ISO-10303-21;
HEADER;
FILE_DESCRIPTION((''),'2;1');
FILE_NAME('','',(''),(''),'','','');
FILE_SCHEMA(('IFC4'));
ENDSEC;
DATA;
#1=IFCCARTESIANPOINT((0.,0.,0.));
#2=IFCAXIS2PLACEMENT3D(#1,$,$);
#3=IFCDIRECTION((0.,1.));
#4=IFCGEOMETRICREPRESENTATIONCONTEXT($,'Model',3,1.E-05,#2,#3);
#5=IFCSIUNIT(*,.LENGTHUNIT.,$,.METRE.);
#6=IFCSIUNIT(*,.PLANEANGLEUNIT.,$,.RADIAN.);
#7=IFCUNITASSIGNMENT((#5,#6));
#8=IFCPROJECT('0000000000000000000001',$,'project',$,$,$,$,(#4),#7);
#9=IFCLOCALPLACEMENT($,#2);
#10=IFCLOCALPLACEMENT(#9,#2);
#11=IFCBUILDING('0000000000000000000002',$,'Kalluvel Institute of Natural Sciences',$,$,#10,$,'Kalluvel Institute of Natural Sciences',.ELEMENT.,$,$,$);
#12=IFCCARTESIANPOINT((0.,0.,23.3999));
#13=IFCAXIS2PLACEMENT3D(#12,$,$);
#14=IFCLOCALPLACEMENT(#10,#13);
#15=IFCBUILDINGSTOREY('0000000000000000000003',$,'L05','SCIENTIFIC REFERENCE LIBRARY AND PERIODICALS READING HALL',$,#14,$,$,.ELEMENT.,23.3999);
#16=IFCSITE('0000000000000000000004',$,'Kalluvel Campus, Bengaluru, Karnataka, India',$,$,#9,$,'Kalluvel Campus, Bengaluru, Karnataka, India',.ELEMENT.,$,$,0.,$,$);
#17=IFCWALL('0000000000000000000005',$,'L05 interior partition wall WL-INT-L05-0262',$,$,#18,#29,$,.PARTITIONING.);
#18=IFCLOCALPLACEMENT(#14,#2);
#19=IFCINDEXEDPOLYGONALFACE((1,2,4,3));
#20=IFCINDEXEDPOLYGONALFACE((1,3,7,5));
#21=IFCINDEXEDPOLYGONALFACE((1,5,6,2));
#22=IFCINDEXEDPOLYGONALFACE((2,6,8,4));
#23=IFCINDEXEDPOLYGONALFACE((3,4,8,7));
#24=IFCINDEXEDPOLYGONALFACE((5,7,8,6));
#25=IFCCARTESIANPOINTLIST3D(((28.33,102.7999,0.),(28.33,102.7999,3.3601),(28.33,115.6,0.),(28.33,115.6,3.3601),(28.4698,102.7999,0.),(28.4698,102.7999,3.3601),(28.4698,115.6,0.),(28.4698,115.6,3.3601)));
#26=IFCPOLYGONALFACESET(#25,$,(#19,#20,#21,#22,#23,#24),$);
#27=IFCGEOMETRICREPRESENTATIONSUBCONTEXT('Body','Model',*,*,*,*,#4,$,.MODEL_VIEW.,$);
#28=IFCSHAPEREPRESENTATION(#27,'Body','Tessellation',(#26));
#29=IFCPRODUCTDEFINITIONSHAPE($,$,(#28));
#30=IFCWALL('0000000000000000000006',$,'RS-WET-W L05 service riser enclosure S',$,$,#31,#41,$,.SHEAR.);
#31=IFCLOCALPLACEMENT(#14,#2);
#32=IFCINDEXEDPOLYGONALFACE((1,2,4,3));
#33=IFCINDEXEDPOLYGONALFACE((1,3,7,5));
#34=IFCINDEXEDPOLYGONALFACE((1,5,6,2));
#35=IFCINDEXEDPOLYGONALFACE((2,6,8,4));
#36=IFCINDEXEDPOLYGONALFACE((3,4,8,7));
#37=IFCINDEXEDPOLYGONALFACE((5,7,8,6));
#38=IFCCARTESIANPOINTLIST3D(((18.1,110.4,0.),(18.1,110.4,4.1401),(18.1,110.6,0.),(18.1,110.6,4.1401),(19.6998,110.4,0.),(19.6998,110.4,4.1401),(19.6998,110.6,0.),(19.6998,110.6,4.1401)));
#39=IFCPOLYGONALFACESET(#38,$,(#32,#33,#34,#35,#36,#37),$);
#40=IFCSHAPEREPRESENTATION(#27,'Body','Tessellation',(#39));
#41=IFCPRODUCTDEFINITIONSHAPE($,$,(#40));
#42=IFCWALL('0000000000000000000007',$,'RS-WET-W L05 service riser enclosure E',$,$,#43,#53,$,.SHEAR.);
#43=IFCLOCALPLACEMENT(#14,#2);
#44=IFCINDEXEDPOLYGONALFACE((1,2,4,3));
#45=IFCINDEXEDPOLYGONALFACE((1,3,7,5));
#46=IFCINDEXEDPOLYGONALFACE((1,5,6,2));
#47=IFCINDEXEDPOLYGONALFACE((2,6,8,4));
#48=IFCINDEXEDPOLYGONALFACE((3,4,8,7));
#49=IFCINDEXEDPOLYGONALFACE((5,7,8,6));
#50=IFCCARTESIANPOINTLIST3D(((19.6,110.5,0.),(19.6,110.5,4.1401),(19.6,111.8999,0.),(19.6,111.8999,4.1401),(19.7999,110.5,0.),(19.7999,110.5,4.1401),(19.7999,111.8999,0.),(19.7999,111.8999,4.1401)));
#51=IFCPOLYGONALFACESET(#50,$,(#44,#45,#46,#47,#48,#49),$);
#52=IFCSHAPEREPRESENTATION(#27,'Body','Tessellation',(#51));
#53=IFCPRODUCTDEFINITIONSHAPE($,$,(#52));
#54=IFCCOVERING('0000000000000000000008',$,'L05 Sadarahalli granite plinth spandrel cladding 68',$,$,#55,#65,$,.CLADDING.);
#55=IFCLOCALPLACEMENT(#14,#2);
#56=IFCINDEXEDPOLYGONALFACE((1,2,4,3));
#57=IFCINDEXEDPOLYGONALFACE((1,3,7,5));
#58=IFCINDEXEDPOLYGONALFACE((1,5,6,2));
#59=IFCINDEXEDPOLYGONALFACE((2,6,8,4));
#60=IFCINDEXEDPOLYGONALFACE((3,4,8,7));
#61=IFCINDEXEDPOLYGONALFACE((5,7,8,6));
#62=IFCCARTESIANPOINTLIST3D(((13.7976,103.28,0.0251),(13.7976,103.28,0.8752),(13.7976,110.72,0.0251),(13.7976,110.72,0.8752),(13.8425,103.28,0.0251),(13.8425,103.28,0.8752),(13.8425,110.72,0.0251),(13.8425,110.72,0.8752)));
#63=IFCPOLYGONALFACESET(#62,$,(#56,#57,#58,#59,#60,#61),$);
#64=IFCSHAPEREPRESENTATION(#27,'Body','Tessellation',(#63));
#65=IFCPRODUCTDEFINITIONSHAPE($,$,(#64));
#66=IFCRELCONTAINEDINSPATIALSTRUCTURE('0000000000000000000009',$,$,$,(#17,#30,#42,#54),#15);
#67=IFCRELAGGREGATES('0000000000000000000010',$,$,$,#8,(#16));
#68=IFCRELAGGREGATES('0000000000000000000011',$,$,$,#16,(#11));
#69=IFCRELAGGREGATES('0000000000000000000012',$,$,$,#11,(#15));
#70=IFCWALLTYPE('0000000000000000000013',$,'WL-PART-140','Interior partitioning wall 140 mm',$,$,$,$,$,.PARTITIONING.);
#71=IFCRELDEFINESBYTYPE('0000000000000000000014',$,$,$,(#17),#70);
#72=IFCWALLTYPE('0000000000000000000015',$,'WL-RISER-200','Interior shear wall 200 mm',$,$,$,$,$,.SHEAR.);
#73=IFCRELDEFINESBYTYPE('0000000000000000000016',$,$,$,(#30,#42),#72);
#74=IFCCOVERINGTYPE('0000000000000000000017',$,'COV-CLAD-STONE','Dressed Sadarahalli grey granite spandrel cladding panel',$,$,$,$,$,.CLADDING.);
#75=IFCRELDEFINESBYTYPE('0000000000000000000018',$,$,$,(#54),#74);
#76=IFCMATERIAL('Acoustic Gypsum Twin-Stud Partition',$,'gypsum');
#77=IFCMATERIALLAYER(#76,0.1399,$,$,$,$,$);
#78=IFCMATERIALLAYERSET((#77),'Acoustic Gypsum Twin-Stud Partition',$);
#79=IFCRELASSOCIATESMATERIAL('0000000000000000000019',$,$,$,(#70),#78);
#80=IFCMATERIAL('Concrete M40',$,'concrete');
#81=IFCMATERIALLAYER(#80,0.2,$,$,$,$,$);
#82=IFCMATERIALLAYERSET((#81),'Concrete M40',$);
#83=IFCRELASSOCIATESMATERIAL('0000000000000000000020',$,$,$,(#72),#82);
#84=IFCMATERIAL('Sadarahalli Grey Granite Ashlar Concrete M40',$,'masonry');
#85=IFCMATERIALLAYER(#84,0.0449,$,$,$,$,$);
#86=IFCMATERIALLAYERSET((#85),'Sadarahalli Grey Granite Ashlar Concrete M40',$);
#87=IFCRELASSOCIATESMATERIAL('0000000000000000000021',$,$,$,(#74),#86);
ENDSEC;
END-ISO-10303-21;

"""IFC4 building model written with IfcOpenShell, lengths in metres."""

from ifc_helpers import new_model, si_unit, direction, frame, frame_2d, origin, origin_2d, place, context, subcontext, project, spatial, rectangle, extrude, material, layer, layer_set, type_object, element, save


model = new_model("IFC4")

# Units and contexts
model_context = context("Model", 3, precision=1e-05, world=origin(), true_north=direction((0.0, 1.0)))
body_context = subcontext(model_context, "Body", "Model", "MODEL_VIEW")
ifc_project = project(units=[si_unit("LENGTHUNIT", "METRE"), si_unit("PLANEANGLEUNIT", "RADIAN")], contexts=[model_context])

# Site, building, storey
site_placement = place(None, origin())
site = spatial("IfcSite", under=ifc_project, at=site_placement, Name="Kalluvel Campus, Bengaluru, Karnataka, India", LongName="Kalluvel Campus, Bengaluru, Karnataka, India", CompositionType="ELEMENT", RefElevation=0.0)
building_placement = place(site_placement, origin())
building = spatial("IfcBuilding", under=site, at=building_placement, Name="Kalluvel Institute of Natural Sciences", LongName="Kalluvel Institute of Natural Sciences", CompositionType="ELEMENT")
storey_placement = place(building_placement, frame((0.0, 0.0, 23.3999)))
storey = spatial("IfcBuildingStorey", under=building, at=storey_placement, Name="L05", Description="SCIENTIFIC REFERENCE LIBRARY AND PERIODICALS READING HALL", CompositionType="ELEMENT", Elevation=23.3999)

# Shared definitions
ifc_material_1 = material(Name="Concrete M40", Category="concrete")

# Walls
ifc_material_2 = material(Name="Sadarahalli Grey Granite Ashlar Concrete M40", Category="masonry")
ifc_material_3 = material(Name="Acoustic Gypsum Twin-Stud Partition", Category="gypsum")
ifc_layer_1 = layer(ifc_material_3, 0.1399)
ifc_layer_set_1 = layer_set([ifc_layer_1], Name="Acoustic Gypsum Twin-Stud Partition")
wall_type_1 = type_object("IfcWallType", Name="WL-PART-140", Description="Interior partitioning wall 140 mm", PredefinedType="PARTITIONING", material=ifc_layer_set_1)
wall_1_placement = place(storey_placement, frame((28.3999, 102.8, 0.0), z_axis=(0.0, 0.0, 1.0), x_axis=(0.0, 1.0, 0.0)))
element("IfcWall", 1, at=wall_1_placement, inside=storey, type_object=wall_type_1, Name="L05 interior partition wall WL-INT-L05-0262", PredefinedType="PARTITIONING", context=body_context, shape_type="SweptSolid", body=[
    extrude(rectangle(XDim=12.8, YDim=0.1399, at=frame_2d((6.3999, 0.0))), origin(), (0.0, 0.0, 1.0), 3.3601),
])
ifc_layer_2 = layer(ifc_material_1, 0.2)
ifc_layer_set_2 = layer_set([ifc_layer_2], Name="Concrete M40")
wall_type_2 = type_object("IfcWallType", Name="WL-RISER-200", Description="Interior shear wall 200 mm", PredefinedType="SHEAR", material=ifc_layer_set_2)
wall_2_placement = place(storey_placement, frame((18.1001, 110.5, 0.0), z_axis=(0.0, 0.0, 1.0), x_axis=(1.0, 0.0, 0.0)))
element("IfcWall", 2, at=wall_2_placement, inside=storey, type_object=wall_type_2, Name="RS-WET-W L05 service riser enclosure S", PredefinedType="SHEAR", context=body_context, shape_type="SweptSolid", body=[
    extrude(rectangle(XDim=1.5999, YDim=0.2, at=frame_2d((0.7998, 0.0))), origin(), (0.0, 0.0, 1.0), 4.1401),
])
wall_3_placement = place(storey_placement, frame((19.7, 110.5, 0.0), z_axis=(0.0, 0.0, 1.0), x_axis=(0.0, 1.0, 0.0)))
element("IfcWall", 3, at=wall_3_placement, inside=storey, type_object=wall_type_2, Name="RS-WET-W L05 service riser enclosure E", PredefinedType="SHEAR", context=body_context, shape_type="SweptSolid", body=[
    extrude(rectangle(XDim=1.3999, YDim=0.2, at=frame_2d((0.7, 0.0))), origin(), (0.0, 0.0, 1.0), 4.1401),
])

# Covering
ifc_layer_3 = layer(ifc_material_2, 0.0449)
ifc_layer_set_3 = layer_set([ifc_layer_3], Name="Sadarahalli Grey Granite Ashlar Concrete M40")
covering_type = type_object("IfcCoveringType", Name="COV-CLAD-STONE", Description="Dressed Sadarahalli grey granite spandrel cladding panel", PredefinedType="CLADDING", material=ifc_layer_set_3)
covering_placement = place(storey_placement, frame((13.8201, 107.0, 0.0251), z_axis=(0.0, 0.0, 1.0), x_axis=(0.0, 1.0, 0.0)))
element("IfcCovering", 4, at=covering_placement, inside=storey, type_object=covering_type, Name="L05 Sadarahalli granite plinth spandrel cladding 68", PredefinedType="CLADDING", context=body_context, shape_type="SweptSolid", body=[
    extrude(rectangle(XDim=7.4399, YDim=0.0449, at=origin_2d()), origin(), (0.0, 0.0, 1.0), 0.8501),
])

save(model, "model.ifc")
